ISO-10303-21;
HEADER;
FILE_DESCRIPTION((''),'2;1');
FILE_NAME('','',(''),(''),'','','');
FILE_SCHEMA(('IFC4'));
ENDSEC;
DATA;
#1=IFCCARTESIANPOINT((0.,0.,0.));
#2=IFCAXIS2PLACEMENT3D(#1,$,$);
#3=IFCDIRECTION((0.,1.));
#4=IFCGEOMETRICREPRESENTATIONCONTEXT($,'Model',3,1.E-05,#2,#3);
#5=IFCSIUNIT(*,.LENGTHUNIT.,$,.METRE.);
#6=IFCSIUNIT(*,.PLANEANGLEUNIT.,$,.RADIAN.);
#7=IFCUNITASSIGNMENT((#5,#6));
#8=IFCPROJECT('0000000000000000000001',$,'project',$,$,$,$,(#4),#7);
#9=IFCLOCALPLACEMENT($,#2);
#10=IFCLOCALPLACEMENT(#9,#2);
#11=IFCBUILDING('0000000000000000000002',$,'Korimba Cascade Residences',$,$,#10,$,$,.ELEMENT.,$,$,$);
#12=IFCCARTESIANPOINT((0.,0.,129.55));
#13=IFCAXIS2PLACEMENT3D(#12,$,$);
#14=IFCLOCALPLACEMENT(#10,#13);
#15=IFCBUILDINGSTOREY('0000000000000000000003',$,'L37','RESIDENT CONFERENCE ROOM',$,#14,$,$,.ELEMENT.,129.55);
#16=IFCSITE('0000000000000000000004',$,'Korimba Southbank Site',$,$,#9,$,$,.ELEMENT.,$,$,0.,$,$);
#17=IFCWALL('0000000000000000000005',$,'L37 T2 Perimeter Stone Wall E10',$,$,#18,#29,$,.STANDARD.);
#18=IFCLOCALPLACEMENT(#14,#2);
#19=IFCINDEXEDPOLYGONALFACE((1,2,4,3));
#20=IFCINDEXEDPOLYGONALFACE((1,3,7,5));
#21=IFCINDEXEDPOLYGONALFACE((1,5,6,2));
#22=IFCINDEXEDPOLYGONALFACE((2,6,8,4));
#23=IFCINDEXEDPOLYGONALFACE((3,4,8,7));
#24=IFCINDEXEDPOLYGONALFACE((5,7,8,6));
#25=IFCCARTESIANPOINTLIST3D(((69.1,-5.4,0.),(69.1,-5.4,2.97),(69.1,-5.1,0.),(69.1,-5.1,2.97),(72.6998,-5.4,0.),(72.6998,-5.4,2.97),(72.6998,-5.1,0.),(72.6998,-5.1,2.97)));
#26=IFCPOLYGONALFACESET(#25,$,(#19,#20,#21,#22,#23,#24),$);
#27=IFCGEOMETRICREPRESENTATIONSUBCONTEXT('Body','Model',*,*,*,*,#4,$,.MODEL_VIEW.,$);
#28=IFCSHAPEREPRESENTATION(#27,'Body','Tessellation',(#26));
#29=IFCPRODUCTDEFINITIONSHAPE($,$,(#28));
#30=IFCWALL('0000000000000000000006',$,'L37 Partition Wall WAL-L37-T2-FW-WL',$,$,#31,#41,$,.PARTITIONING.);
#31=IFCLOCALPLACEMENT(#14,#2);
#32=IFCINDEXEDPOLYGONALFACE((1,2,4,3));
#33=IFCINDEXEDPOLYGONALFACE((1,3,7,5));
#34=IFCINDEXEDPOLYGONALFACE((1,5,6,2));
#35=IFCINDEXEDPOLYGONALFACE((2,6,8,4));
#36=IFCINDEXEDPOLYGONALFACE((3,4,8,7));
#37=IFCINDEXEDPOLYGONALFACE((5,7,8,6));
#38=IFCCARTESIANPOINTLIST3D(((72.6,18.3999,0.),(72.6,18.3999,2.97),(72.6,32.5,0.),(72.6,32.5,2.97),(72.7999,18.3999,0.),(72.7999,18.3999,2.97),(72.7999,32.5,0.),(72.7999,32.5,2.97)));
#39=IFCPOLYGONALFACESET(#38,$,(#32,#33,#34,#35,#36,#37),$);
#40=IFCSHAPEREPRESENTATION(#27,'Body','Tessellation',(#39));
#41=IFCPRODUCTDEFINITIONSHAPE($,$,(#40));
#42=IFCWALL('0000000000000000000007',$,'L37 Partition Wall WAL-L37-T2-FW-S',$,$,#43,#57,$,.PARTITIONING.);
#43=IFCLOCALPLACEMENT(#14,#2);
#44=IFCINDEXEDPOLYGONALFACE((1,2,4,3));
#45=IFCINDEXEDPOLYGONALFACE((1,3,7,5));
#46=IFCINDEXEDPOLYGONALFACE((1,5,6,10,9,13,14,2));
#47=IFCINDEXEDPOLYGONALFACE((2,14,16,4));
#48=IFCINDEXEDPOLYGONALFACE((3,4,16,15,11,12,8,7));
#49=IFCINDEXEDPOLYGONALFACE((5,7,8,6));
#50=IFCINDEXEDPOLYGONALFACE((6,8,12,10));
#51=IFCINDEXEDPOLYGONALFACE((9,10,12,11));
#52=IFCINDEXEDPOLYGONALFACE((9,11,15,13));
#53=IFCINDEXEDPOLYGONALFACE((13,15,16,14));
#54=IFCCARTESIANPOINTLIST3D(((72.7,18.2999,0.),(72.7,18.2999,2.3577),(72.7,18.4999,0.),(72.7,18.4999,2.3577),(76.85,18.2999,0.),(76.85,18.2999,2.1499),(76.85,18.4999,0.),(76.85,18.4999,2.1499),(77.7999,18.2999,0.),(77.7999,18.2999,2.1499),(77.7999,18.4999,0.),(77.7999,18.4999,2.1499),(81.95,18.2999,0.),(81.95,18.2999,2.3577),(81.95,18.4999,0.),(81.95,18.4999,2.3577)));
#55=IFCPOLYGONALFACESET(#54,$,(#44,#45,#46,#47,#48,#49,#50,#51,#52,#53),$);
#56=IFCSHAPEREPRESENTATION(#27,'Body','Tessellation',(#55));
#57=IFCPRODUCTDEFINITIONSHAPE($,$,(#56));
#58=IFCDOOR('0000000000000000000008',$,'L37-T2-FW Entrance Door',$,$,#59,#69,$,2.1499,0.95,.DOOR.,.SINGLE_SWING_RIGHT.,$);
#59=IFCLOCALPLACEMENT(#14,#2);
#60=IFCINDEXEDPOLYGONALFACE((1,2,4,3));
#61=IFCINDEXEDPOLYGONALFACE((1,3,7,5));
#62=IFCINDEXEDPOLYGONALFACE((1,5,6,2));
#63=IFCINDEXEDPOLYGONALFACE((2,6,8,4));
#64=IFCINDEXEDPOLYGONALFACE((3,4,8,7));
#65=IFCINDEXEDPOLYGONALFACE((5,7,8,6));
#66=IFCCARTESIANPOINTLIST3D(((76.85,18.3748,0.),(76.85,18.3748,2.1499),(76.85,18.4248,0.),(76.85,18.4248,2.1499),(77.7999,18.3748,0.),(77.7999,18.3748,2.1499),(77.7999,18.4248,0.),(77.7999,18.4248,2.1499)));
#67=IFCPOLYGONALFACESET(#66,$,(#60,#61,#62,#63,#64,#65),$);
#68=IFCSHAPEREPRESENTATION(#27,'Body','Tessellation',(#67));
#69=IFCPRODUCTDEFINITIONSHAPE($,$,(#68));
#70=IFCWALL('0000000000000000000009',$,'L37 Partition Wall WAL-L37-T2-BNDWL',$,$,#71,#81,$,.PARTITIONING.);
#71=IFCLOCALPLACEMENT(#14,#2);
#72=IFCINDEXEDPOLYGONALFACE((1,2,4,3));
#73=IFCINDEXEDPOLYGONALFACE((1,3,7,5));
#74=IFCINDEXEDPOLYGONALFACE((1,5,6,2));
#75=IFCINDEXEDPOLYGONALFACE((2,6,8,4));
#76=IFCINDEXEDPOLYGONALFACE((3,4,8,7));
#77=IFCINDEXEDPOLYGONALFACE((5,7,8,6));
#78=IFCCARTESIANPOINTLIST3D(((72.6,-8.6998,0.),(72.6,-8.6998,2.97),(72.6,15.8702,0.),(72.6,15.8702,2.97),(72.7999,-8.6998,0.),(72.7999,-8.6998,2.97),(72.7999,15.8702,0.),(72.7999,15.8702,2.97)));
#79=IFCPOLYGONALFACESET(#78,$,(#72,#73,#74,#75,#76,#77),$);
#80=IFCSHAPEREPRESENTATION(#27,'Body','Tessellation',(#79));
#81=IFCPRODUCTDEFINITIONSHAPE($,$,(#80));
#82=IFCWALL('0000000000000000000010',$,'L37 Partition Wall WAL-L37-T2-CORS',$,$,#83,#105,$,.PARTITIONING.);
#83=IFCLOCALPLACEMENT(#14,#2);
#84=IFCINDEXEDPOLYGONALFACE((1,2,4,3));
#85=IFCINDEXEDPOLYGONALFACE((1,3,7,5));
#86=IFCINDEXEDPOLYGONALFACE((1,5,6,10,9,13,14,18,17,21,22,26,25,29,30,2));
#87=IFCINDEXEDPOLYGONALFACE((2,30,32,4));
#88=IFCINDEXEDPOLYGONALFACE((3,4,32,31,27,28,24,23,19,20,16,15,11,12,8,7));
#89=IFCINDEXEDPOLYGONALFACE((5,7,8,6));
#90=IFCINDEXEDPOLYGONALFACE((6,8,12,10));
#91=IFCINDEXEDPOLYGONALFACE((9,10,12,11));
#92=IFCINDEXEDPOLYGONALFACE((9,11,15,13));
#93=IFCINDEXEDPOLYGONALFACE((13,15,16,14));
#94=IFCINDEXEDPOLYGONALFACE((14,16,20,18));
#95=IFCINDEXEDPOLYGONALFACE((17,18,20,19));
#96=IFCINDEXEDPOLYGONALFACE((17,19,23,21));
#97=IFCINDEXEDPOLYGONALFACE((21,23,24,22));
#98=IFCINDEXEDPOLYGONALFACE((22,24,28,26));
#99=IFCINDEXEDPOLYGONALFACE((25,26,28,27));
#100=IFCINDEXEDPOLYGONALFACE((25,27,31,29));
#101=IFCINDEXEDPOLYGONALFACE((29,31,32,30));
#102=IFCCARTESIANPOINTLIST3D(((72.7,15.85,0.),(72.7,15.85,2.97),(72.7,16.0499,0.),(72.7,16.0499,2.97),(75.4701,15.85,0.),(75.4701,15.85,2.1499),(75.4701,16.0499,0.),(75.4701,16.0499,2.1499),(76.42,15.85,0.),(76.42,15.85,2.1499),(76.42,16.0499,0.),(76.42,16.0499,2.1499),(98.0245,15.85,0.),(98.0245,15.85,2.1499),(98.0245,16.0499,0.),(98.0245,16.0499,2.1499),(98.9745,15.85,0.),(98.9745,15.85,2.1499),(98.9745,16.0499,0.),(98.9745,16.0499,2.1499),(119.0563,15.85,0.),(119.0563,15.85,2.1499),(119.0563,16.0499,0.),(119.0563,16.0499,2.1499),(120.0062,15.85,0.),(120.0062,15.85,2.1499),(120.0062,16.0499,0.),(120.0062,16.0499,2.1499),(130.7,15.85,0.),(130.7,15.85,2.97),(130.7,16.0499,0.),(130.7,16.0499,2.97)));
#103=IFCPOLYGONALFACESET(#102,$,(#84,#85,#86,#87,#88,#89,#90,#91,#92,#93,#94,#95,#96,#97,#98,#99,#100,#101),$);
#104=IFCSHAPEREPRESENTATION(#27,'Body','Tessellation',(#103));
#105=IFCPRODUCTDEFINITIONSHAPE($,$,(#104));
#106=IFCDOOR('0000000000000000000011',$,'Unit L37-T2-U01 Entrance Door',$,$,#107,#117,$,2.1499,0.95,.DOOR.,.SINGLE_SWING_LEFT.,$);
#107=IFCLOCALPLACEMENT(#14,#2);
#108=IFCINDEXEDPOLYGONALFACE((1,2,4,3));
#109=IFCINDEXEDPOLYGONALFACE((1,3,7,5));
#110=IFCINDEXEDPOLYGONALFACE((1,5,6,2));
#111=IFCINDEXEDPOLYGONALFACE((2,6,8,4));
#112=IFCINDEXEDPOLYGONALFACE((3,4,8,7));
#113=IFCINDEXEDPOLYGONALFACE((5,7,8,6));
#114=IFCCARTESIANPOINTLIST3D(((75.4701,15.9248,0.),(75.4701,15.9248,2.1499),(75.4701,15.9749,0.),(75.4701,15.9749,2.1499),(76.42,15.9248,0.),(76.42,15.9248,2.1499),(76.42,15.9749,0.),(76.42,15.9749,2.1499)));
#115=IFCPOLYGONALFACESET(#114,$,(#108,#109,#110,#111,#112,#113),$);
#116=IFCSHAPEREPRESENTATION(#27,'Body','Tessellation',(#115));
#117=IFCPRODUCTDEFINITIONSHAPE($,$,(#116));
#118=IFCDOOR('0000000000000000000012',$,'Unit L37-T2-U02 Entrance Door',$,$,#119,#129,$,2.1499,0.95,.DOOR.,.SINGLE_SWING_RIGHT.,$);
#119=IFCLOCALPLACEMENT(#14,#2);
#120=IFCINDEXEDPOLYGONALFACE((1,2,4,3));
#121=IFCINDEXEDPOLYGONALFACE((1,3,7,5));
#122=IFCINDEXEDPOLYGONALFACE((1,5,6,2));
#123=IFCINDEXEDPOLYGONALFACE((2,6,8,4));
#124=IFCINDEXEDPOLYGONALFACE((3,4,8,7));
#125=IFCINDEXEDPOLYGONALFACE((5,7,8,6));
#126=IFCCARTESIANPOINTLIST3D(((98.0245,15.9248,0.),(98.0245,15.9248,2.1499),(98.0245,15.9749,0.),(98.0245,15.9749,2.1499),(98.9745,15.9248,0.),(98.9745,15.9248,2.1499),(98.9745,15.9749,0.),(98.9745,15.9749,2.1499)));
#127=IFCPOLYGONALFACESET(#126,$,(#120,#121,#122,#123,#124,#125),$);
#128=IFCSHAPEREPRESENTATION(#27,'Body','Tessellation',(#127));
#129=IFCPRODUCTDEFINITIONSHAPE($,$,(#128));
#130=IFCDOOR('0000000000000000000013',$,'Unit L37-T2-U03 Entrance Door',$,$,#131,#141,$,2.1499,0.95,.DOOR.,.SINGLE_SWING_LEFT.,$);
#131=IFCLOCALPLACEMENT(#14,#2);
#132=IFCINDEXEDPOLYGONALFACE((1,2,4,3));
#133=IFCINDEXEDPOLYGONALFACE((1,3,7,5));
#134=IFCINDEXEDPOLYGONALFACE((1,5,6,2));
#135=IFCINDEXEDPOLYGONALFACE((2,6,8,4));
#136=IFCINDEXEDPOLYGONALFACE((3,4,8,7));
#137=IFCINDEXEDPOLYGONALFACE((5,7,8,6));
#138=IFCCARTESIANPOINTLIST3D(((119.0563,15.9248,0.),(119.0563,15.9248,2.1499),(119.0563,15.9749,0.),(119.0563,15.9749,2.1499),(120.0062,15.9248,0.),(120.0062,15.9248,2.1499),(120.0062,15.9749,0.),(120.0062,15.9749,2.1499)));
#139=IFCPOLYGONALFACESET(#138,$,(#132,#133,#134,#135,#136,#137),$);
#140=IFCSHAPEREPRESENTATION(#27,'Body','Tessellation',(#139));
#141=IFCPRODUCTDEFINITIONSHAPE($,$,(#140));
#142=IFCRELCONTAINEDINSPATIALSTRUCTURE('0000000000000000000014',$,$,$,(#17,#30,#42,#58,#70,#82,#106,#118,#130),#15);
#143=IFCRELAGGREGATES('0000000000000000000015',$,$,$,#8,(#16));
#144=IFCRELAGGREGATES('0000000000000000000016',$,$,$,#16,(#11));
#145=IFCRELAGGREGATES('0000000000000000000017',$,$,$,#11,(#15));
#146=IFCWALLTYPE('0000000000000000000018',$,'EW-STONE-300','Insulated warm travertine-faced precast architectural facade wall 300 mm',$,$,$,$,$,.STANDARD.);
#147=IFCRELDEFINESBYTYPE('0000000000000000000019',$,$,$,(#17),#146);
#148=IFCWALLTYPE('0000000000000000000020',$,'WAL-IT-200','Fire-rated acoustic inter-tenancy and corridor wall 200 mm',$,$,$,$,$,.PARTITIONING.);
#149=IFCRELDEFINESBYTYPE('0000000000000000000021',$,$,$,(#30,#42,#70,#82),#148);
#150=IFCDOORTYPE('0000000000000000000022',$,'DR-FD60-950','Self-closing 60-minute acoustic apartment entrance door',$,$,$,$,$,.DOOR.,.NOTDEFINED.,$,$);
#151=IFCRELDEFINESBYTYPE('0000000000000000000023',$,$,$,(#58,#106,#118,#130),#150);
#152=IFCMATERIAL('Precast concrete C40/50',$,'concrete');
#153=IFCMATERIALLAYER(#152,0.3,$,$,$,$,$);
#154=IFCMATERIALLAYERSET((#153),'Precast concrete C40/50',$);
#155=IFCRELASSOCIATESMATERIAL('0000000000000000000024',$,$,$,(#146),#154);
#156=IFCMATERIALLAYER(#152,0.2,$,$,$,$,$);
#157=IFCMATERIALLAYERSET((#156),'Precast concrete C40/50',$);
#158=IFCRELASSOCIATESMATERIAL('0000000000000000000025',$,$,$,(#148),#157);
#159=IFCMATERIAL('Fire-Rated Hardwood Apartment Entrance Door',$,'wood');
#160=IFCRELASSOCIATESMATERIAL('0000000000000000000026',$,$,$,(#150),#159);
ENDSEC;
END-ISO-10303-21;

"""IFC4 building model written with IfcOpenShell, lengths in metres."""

from ifc_helpers import new_model, si_unit, direction, frame, frame_2d, origin, place, context, subcontext, project, spatial, rectangle, extrude, material, layer, layer_set, type_object, element, fill, save


model = new_model("IFC4")

# Units and contexts
model_context = context("Model", 3, precision=1e-05, world=origin(), true_north=direction((0.0, 1.0)))
body_context = subcontext(model_context, "Body", "Model", "MODEL_VIEW")
ifc_project = project(units=[si_unit("LENGTHUNIT", "METRE"), si_unit("PLANEANGLEUNIT", "RADIAN")], contexts=[model_context])

# Site, building, storey
site_placement = place(None, origin())
site = spatial("IfcSite", under=ifc_project, at=site_placement, Name="Korimba Southbank Site", CompositionType="ELEMENT", RefElevation=0.0)
building_placement = place(site_placement, origin())
building = spatial("IfcBuilding", under=site, at=building_placement, Name="Korimba Cascade Residences", CompositionType="ELEMENT")
storey_placement = place(building_placement, frame((0.0, 0.0, 129.55)))
storey = spatial("IfcBuildingStorey", under=building, at=storey_placement, Name="L37", Description="RESIDENT CONFERENCE ROOM", CompositionType="ELEMENT", Elevation=129.55)

# Shared definitions
ifc_material_1 = material(Name="Precast concrete C40/50", Category="concrete")

# Walls
ifc_layer_1 = layer(ifc_material_1, 0.3)
ifc_layer_set_1 = layer_set([ifc_layer_1], Name="Precast concrete C40/50")
wall_type_1 = type_object("IfcWallType", Name="EW-STONE-300", Description="Insulated warm travertine-faced precast architectural facade wall 300 mm", PredefinedType="STANDARD", material=ifc_layer_set_1)
wall_1_placement = place(storey_placement, frame((69.1001, -5.25, 0.0), z_axis=(0.0, 0.0, 1.0), x_axis=(1.0, 0.0, 0.0)))
element("IfcWall", 1, at=wall_1_placement, inside=storey, type_object=wall_type_1, Name="L37 T2 Perimeter Stone Wall E10", PredefinedType="STANDARD", context=body_context, shape_type="SweptSolid", body=[
    extrude(rectangle(XDim=3.5999, YDim=0.3, at=frame_2d((1.7998, 0.0))), origin(), (0.0, 0.0, 1.0), 2.97),
])
ifc_layer_2 = layer(ifc_material_1, 0.2)
ifc_layer_set_2 = layer_set([ifc_layer_2], Name="Precast concrete C40/50")
wall_type_2 = type_object("IfcWallType", Name="WAL-IT-200", Description="Fire-rated acoustic inter-tenancy and corridor wall 200 mm", PredefinedType="PARTITIONING", material=ifc_layer_set_2)
wall_2_placement = place(storey_placement, frame((72.7, 18.3999, 0.0), z_axis=(0.0, 0.0, 1.0), x_axis=(0.0, 1.0, 0.0)))
element("IfcWall", 2, at=wall_2_placement, inside=storey, type_object=wall_type_2, Name="L37 Partition Wall WAL-L37-T2-FW-WL", PredefinedType="PARTITIONING", context=body_context, shape_type="SweptSolid", body=[
    extrude(rectangle(XDim=14.1001, YDim=0.2, at=frame_2d((7.05, 0.0))), origin(), (0.0, 0.0, 1.0), 2.97),
])

# Wall, opening, door
wall_3_placement = place(storey_placement, frame((72.7, 18.3999, 0.0), z_axis=(0.0, 0.0, 1.0), x_axis=(1.0, 0.0, 0.0)))
wall_3 = element("IfcWall", 3, at=wall_3_placement, inside=storey, type_object=wall_type_2, Name="L37 Partition Wall WAL-L37-T2-FW-S", PredefinedType="PARTITIONING", context=body_context, shape_type="SweptSolid", body=[
    extrude(rectangle(XDim=9.25, YDim=0.2, at=frame_2d((4.625, 0.0))), origin(), (0.0, 0.0, 1.0), 2.3577),
])
opening_1_placement = place(wall_3_placement, frame((4.1499, 0.0, 0.0)))
opening_1 = element("IfcOpeningElement", 4, at=opening_1_placement, cuts=wall_3, PredefinedType="OPENING", context=body_context, shape_type="SweptSolid", body=[
    extrude(rectangle(XDim=0.95, YDim=2.1499, at=frame_2d((0.4751, 1.075))), frame((0.0, 0.1099, 0.0), z_axis=(0.0, -1.0, 0.0), x_axis=(1.0, 0.0, 0.0)), (0.0, 0.0, 1.0), 0.22),
])
ifc_material_2 = material(Name="Fire-Rated Hardwood Apartment Entrance Door", Category="wood")
door_type_1 = type_object("IfcDoorType", Name="DR-FD60-950", Description="Self-closing 60-minute acoustic apartment entrance door", OperationType="NOTDEFINED", PredefinedType="DOOR", material=ifc_material_2)
door_1_placement = place(opening_1_placement, origin())
door_1 = element("IfcDoor", 5, at=door_1_placement, inside=storey, type_object=door_type_1, Name="L37-T2-FW Entrance Door", OperationType="SINGLE_SWING_RIGHT", OverallHeight=2.1499, OverallWidth=0.95, PredefinedType="DOOR", context=body_context, shape_type="SweptSolid", body=[
    extrude(rectangle(XDim=0.95, YDim=2.1499, at=frame_2d((0.4751, 1.075))), frame((0.0, 0.0249, 0.0), z_axis=(0.0, -1.0, 0.0), x_axis=(1.0, 0.0, 0.0)), (0.0, 0.0, 1.0), 0.05),
])
fill(opening_1, door_1)

# Wall
wall_4_placement = place(storey_placement, frame((72.7, -8.7, 0.0), z_axis=(0.0, 0.0, 1.0), x_axis=(0.0, 1.0, 0.0)))
element("IfcWall", 6, at=wall_4_placement, inside=storey, type_object=wall_type_2, Name="L37 Partition Wall WAL-L37-T2-BNDWL", PredefinedType="PARTITIONING", context=body_context, shape_type="SweptSolid", body=[
    extrude(rectangle(XDim=24.5701, YDim=0.2, at=frame_2d((12.2852, 0.0))), origin(), (0.0, 0.0, 1.0), 2.97),
])

# Wall, openings, doors
wall_5_placement = place(storey_placement, frame((72.7, 15.95, 0.0), z_axis=(0.0, 0.0, 1.0), x_axis=(1.0, 0.0, 0.0)))
wall_5 = element("IfcWall", 7, at=wall_5_placement, inside=storey, type_object=wall_type_2, Name="L37 Partition Wall WAL-L37-T2-CORS", PredefinedType="PARTITIONING", context=body_context, shape_type="SweptSolid", body=[
    extrude(rectangle(XDim=58.0, YDim=0.2, at=frame_2d((29.0, 0.0))), origin(), (0.0, 0.0, 1.0), 2.97),
])
opening_2_placement = place(wall_5_placement, frame((2.77, 0.0, 0.0)))
opening_2 = element("IfcOpeningElement", 8, at=opening_2_placement, cuts=wall_5, PredefinedType="OPENING", context=body_context, shape_type="SweptSolid", body=[
    extrude(rectangle(XDim=0.95, YDim=2.1499, at=frame_2d((0.4751, 1.075))), frame((0.0, 0.1099, 0.0), z_axis=(0.0, -1.0, 0.0), x_axis=(1.0, 0.0, 0.0)), (0.0, 0.0, 1.0), 0.22),
])
opening_3_placement = place(wall_5_placement, frame((25.3245, 0.0, 0.0)))
opening_3 = element("IfcOpeningElement", 9, at=opening_3_placement, cuts=wall_5, PredefinedType="OPENING", context=body_context, shape_type="SweptSolid", body=[
    extrude(rectangle(XDim=0.95, YDim=2.1499, at=frame_2d((0.4751, 1.075))), frame((0.0, 0.1099, 0.0), z_axis=(0.0, -1.0, 0.0), x_axis=(1.0, 0.0, 0.0)), (0.0, 0.0, 1.0), 0.22),
])
opening_4_placement = place(wall_5_placement, frame((46.3562, 0.0, 0.0)))
opening_4 = element("IfcOpeningElement", 10, at=opening_4_placement, cuts=wall_5, PredefinedType="OPENING", context=body_context, shape_type="SweptSolid", body=[
    extrude(rectangle(XDim=0.95, YDim=2.1499, at=frame_2d((0.4751, 1.075))), frame((0.0, 0.1099, 0.0), z_axis=(0.0, -1.0, 0.0), x_axis=(1.0, 0.0, 0.0)), (0.0, 0.0, 1.0), 0.22),
])
door_2_placement = place(opening_2_placement, origin())
door_2 = element("IfcDoor", 11, at=door_2_placement, inside=storey, type_object=door_type_1, Name="Unit L37-T2-U01 Entrance Door", OperationType="SINGLE_SWING_LEFT", OverallHeight=2.1499, OverallWidth=0.95, PredefinedType="DOOR", context=body_context, shape_type="SweptSolid", body=[
    extrude(rectangle(XDim=0.95, YDim=2.1499, at=frame_2d((0.4751, 1.075))), frame((0.0, 0.0249, 0.0), z_axis=(0.0, -1.0, 0.0), x_axis=(1.0, 0.0, 0.0)), (0.0, 0.0, 1.0), 0.05),
])
fill(opening_2, door_2)
door_3_placement = place(opening_3_placement, origin())
door_3 = element("IfcDoor", 12, at=door_3_placement, inside=storey, type_object=door_type_1, Name="Unit L37-T2-U02 Entrance Door", OperationType="SINGLE_SWING_RIGHT", OverallHeight=2.1499, OverallWidth=0.95, PredefinedType="DOOR", context=body_context, shape_type="SweptSolid", body=[
    extrude(rectangle(XDim=0.95, YDim=2.1499, at=frame_2d((0.4751, 1.075))), frame((0.0, 0.0249, 0.0), z_axis=(0.0, -1.0, 0.0), x_axis=(1.0, 0.0, 0.0)), (0.0, 0.0, 1.0), 0.05),
])
fill(opening_3, door_3)
door_4_placement = place(opening_4_placement, origin())
door_4 = element("IfcDoor", 13, at=door_4_placement, inside=storey, type_object=door_type_1, Name="Unit L37-T2-U03 Entrance Door", OperationType="SINGLE_SWING_LEFT", OverallHeight=2.1499, OverallWidth=0.95, PredefinedType="DOOR", context=body_context, shape_type="SweptSolid", body=[
    extrude(rectangle(XDim=0.95, YDim=2.1499, at=frame_2d((0.4751, 1.075))), frame((0.0, 0.0249, 0.0), z_axis=(0.0, -1.0, 0.0), x_axis=(1.0, 0.0, 0.0)), (0.0, 0.0, 1.0), 0.05),
])
fill(opening_4, door_4)

save(model, "model.ifc")
